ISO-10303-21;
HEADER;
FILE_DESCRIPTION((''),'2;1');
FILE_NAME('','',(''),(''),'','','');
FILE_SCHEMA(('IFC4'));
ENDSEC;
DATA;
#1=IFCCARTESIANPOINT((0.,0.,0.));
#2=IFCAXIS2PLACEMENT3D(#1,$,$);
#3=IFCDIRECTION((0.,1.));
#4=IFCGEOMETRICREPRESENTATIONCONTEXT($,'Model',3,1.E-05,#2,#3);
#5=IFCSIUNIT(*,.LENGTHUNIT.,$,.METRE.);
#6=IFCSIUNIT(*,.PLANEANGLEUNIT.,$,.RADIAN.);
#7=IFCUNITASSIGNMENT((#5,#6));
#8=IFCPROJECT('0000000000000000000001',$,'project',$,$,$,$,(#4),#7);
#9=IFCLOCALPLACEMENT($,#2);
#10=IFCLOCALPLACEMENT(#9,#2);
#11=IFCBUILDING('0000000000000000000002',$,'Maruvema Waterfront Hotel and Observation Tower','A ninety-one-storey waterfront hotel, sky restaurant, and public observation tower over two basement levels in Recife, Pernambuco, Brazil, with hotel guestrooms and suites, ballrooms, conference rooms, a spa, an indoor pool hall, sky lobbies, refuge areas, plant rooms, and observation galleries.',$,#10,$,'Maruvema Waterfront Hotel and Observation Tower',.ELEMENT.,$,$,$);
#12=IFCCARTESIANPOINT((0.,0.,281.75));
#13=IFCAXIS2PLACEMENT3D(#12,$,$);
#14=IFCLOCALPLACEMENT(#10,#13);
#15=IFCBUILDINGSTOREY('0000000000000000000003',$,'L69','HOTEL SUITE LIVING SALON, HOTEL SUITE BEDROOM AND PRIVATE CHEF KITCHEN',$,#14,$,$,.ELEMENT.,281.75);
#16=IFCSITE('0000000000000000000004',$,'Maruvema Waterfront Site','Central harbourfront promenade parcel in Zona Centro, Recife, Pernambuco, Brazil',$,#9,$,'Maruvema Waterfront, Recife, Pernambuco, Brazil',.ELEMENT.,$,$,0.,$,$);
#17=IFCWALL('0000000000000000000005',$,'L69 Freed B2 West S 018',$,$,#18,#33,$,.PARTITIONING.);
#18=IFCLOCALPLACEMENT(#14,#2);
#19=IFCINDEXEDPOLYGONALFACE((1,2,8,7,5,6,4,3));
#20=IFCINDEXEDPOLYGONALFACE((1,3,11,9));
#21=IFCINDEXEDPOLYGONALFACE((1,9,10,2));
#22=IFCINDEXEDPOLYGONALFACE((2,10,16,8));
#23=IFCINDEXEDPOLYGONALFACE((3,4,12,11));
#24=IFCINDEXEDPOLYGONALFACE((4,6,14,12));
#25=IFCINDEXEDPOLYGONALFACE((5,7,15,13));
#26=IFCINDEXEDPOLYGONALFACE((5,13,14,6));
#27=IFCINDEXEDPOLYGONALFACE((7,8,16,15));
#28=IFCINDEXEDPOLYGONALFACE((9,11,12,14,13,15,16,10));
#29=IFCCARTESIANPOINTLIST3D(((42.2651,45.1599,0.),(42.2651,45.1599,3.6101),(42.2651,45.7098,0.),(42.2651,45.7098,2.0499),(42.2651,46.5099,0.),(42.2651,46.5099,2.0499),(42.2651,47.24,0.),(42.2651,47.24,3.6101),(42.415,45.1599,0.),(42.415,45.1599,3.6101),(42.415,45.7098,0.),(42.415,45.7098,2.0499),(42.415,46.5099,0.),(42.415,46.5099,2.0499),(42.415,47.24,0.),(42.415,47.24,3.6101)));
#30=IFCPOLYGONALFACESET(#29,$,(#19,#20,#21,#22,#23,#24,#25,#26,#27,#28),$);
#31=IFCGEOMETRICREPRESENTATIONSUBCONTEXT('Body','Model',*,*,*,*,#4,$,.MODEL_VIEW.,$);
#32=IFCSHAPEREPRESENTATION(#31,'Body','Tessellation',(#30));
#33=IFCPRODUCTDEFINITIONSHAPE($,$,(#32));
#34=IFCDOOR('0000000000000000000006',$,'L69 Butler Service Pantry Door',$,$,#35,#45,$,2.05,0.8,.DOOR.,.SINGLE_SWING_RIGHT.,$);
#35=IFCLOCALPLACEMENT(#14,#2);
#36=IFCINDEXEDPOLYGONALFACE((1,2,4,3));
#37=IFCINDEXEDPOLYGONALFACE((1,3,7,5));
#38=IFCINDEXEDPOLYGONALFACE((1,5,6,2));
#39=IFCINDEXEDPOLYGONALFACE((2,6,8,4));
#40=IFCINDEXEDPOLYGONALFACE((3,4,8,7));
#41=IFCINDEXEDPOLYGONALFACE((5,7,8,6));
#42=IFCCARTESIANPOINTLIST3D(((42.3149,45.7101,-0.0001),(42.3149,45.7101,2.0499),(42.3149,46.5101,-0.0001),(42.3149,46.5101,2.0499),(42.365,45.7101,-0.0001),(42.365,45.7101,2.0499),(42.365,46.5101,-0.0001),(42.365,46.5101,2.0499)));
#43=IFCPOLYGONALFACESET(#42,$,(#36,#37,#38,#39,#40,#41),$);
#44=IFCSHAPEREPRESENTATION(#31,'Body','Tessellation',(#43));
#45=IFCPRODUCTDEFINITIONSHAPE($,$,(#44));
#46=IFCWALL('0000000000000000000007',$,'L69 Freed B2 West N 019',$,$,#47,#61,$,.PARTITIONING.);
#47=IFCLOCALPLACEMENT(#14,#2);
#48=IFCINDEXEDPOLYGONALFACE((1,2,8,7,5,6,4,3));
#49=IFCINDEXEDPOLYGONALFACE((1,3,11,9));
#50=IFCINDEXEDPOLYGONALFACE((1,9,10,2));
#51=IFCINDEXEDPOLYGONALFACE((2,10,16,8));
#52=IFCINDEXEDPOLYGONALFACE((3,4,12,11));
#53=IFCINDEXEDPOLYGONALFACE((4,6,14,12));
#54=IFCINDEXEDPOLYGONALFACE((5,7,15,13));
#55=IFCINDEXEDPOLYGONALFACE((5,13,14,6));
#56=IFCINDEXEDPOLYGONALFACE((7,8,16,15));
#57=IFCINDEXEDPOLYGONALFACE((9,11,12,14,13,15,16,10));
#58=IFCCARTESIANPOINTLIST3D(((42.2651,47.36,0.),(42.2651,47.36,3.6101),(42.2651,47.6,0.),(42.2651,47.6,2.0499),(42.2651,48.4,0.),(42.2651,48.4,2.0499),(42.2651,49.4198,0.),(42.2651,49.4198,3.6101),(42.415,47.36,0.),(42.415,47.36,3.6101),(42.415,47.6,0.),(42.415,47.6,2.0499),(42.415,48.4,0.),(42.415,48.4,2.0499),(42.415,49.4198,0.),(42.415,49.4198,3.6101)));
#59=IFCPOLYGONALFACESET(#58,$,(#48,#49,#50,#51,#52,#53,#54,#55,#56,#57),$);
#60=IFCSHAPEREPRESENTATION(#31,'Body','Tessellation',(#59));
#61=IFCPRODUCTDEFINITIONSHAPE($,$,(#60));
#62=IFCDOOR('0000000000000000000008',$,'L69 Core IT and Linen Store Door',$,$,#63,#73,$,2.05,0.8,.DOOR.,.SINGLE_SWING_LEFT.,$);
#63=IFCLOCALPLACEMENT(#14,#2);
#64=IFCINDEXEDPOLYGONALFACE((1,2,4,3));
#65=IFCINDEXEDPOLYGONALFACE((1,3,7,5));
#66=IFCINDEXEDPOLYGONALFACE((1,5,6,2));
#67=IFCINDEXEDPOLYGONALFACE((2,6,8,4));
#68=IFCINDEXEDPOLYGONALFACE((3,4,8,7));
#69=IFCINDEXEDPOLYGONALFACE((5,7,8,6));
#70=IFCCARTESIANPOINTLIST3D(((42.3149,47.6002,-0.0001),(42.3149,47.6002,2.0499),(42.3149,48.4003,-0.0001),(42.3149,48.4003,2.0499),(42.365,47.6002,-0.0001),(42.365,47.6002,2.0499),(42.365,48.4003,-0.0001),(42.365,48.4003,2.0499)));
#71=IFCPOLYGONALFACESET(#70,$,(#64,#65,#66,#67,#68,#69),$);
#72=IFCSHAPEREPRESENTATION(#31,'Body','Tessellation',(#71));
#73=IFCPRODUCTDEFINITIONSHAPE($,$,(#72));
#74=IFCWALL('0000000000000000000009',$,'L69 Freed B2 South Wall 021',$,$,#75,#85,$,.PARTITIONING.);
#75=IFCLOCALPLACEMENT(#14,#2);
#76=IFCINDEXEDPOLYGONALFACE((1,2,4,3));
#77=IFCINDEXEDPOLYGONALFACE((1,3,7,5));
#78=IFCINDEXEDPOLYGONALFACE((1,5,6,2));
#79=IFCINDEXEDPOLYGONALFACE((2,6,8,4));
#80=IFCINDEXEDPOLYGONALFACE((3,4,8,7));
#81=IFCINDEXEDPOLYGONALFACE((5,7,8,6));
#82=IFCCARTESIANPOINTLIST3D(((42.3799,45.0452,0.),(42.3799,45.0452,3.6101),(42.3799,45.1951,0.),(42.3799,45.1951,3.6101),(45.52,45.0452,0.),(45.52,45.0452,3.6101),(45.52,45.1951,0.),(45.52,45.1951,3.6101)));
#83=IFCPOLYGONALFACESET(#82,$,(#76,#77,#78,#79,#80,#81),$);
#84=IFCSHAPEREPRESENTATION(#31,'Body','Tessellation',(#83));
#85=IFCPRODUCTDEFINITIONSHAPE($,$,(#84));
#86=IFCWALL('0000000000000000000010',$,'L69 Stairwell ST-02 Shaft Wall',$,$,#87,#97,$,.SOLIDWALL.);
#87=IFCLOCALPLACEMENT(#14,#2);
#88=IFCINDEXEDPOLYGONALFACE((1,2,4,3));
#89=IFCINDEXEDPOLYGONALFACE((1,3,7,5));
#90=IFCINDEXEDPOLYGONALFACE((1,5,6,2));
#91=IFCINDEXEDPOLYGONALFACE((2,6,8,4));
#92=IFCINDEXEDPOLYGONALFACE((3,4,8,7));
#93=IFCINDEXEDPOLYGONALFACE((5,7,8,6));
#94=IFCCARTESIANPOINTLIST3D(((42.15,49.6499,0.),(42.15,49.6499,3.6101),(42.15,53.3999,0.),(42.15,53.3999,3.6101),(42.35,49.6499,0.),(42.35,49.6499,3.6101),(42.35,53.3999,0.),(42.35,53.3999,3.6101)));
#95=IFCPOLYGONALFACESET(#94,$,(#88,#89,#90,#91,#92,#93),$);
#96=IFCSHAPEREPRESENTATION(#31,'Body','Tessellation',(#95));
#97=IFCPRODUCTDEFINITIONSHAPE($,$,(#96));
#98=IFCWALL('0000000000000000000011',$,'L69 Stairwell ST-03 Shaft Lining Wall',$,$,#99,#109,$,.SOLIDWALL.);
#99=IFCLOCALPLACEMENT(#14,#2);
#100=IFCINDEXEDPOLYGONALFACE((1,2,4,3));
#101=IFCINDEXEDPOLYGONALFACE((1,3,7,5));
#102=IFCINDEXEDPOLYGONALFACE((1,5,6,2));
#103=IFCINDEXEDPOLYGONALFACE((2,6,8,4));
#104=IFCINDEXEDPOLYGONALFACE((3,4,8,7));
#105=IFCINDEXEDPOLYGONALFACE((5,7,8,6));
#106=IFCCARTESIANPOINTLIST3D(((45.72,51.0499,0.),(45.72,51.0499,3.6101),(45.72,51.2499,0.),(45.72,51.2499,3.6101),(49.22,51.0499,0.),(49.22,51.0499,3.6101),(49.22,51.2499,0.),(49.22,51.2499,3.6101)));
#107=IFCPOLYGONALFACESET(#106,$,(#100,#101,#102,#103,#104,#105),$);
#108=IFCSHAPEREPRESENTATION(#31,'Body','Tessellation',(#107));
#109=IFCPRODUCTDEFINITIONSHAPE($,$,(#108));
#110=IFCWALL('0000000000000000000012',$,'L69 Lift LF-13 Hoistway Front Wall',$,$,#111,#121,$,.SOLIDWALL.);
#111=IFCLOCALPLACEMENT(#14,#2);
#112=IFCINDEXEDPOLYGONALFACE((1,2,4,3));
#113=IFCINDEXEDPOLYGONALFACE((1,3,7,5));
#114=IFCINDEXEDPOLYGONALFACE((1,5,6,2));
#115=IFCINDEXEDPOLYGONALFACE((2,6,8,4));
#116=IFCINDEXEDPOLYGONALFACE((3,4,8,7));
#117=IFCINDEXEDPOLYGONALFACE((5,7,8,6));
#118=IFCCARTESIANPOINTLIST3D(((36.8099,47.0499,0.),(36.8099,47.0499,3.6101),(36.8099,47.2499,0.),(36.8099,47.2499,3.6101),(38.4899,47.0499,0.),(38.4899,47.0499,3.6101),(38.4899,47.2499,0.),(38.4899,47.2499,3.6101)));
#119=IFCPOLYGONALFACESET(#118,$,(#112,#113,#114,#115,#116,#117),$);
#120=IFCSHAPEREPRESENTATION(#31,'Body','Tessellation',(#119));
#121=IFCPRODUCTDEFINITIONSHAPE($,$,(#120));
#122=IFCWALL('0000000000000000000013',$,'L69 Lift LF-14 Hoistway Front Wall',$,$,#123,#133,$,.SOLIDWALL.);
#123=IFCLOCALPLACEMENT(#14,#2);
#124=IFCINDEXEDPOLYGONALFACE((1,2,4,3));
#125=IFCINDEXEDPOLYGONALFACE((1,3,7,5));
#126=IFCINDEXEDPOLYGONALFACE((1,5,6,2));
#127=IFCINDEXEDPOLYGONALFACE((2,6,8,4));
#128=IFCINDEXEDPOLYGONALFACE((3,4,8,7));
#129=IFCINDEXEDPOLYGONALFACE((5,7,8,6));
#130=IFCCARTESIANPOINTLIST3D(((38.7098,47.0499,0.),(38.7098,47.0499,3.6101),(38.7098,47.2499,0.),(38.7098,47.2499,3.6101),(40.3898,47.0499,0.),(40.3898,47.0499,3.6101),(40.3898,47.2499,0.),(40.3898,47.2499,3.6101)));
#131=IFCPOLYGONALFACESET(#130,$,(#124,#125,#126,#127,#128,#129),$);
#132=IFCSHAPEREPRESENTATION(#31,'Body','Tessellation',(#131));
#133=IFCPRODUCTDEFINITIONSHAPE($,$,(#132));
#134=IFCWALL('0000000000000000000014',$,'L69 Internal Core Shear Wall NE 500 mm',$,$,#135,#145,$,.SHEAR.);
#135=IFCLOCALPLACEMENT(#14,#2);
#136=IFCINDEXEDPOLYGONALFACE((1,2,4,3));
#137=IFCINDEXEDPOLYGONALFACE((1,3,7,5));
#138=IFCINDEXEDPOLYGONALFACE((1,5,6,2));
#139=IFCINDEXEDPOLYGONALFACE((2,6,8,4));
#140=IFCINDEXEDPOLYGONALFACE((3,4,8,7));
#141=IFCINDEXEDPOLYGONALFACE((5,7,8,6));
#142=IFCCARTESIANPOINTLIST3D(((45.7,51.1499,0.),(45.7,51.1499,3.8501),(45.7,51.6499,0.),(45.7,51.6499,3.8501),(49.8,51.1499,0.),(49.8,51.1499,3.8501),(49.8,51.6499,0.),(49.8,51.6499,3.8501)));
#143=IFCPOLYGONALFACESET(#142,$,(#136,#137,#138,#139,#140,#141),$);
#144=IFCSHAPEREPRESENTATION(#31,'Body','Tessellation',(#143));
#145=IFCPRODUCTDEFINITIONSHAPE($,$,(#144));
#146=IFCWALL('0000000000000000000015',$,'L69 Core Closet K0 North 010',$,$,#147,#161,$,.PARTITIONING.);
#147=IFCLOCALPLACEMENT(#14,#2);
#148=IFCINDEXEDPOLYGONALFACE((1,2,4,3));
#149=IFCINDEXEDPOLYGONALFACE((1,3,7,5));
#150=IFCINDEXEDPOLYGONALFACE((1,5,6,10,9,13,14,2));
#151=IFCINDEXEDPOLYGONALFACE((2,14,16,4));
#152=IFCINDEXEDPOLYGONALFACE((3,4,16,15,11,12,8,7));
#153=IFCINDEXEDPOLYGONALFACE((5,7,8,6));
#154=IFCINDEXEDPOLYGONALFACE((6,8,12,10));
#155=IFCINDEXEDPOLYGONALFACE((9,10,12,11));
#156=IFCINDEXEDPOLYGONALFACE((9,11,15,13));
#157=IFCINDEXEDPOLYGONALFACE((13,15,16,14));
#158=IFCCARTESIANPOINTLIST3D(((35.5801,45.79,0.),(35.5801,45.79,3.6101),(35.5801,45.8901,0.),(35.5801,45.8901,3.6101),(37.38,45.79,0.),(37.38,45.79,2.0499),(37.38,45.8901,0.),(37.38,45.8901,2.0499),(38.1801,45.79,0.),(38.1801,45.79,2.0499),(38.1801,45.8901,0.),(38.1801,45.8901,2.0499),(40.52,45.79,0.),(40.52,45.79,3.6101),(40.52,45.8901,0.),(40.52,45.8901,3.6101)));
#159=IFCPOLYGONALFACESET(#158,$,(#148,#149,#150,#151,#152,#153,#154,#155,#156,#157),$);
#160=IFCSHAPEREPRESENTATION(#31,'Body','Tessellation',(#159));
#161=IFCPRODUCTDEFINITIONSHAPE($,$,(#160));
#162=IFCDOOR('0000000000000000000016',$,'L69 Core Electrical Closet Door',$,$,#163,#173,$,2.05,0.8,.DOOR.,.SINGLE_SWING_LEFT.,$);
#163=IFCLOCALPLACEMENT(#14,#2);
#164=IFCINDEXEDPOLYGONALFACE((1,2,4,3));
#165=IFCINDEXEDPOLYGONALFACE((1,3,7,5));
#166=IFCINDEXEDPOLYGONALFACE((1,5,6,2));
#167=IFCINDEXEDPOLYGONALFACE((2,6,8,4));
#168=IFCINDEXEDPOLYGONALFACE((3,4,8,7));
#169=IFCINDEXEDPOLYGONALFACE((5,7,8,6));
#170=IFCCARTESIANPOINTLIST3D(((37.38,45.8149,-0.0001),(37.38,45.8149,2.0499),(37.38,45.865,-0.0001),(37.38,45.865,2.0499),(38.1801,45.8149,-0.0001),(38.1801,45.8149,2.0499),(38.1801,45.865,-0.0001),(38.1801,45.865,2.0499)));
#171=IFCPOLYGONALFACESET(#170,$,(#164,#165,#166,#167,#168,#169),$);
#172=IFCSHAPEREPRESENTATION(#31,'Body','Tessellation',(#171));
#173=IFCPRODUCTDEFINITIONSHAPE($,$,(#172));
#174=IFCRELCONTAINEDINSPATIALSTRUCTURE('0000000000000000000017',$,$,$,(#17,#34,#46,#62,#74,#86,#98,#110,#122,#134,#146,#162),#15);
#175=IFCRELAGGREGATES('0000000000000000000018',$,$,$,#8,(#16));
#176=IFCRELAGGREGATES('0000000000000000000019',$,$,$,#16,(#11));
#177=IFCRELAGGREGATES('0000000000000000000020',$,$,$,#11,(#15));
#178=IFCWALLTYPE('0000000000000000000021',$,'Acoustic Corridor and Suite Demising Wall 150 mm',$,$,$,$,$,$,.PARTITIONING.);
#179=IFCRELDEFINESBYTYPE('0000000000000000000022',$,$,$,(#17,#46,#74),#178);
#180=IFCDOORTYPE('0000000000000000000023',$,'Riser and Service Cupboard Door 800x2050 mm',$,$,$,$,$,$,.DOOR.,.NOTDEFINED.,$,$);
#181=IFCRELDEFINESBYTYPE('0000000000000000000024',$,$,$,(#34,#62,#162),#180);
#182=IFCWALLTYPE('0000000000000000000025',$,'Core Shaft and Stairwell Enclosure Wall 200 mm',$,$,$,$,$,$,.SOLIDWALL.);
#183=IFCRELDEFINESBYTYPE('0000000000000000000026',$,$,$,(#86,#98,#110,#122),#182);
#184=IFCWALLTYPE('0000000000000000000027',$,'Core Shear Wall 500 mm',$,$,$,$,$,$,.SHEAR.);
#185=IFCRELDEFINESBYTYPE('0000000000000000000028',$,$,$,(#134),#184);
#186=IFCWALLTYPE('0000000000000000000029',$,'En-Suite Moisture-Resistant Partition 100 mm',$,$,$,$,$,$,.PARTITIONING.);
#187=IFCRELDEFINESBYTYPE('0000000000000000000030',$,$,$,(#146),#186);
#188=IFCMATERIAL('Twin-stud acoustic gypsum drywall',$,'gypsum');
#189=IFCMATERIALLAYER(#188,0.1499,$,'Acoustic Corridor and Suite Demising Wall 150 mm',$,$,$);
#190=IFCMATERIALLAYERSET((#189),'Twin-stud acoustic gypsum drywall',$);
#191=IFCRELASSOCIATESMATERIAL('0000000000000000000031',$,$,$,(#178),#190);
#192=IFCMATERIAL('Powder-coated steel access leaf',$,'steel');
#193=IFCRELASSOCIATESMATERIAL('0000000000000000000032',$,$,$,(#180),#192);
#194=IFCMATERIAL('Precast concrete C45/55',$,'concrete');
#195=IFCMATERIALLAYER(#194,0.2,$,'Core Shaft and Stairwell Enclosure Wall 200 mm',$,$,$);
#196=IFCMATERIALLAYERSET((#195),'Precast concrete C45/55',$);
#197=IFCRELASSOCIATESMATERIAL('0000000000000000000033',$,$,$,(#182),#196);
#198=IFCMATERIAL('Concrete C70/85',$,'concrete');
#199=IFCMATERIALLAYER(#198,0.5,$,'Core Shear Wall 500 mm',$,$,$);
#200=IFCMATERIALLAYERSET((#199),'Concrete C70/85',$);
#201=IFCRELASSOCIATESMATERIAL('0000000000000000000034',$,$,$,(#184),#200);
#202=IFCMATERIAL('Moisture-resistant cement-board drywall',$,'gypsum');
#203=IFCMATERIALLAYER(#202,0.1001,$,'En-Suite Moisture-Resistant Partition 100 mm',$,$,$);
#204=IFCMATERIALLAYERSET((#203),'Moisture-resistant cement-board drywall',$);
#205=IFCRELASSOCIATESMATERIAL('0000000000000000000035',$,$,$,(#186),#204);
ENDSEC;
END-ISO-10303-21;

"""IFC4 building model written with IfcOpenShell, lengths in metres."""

from ifc_helpers import new_model, si_unit, direction, frame, frame_2d, origin, place, context, subcontext, project, spatial, rectangle, extrude, material, layer, layer_set, type_object, element, fill, save


model = new_model("IFC4")

# Units and contexts
model_context = context("Model", 3, precision=1e-05, world=origin(), true_north=direction((0.0, 1.0)))
body_context = subcontext(model_context, "Body", "Model", "MODEL_VIEW")
ifc_project = project(units=[si_unit("LENGTHUNIT", "METRE"), si_unit("PLANEANGLEUNIT", "RADIAN")], contexts=[model_context])

# Site, building, storey
site_placement = place(None, origin())
site = spatial("IfcSite", under=ifc_project, at=site_placement, Name="Maruvema Waterfront Site", Description="Central harbourfront promenade parcel in Zona Centro, Recife, Pernambuco, Brazil", LongName="Maruvema Waterfront, Recife, Pernambuco, Brazil", CompositionType="ELEMENT", RefElevation=0.0)
building_placement = place(site_placement, origin())
building = spatial("IfcBuilding", under=site, at=building_placement, Name="Maruvema Waterfront Hotel and Observation Tower", Description="A ninety-one-storey waterfront hotel, sky restaurant, and public observation tower over two basement levels in Recife, Pernambuco, Brazil, with hotel guestrooms and suites, ballrooms, conference rooms, a spa, an indoor pool hall, sky lobbies, refuge areas, plant rooms, and observation galleries.", LongName="Maruvema Waterfront Hotel and Observation Tower", CompositionType="ELEMENT")
storey_placement = place(building_placement, frame((0.0, 0.0, 281.75)))
storey = spatial("IfcBuildingStorey", under=building, at=storey_placement, Name="L69", Description="HOTEL SUITE LIVING SALON, HOTEL SUITE BEDROOM AND PRIVATE CHEF KITCHEN", CompositionType="ELEMENT", Elevation=281.75)

# Walls, openings, doors
ifc_material_1 = material(Name="Twin-stud acoustic gypsum drywall", Category="gypsum")
ifc_layer_1 = layer(ifc_material_1, 0.1499, Name="Acoustic Corridor and Suite Demising Wall 150 mm")
ifc_layer_set_1 = layer_set([ifc_layer_1], Name="Twin-stud acoustic gypsum drywall")
wall_type_1 = type_object("IfcWallType", Name="Acoustic Corridor and Suite Demising Wall 150 mm", PredefinedType="PARTITIONING", material=ifc_layer_set_1)
wall_1_placement = place(storey_placement, frame((42.3401, 45.1599, 0.0), z_axis=(0.0, 0.0, 1.0), x_axis=(0.0, 1.0, 0.0)))
wall_1 = element("IfcWall", 1, at=wall_1_placement, inside=storey, type_object=wall_type_1, Name="L69 Freed B2 West S 018", PredefinedType="PARTITIONING", context=body_context, shape_type="SweptSolid", body=[
    extrude(rectangle(XDim=2.0801, YDim=0.1499, at=frame_2d((1.04, 0.0))), origin(), (0.0, 0.0, 1.0), 3.6101),
])
opening_1_placement = place(wall_1_placement, frame((0.55, 0.0, 0.0)))
opening_1 = element("IfcOpeningElement", 2, at=opening_1_placement, cuts=wall_1, PredefinedType="OPENING", context=body_context, shape_type="SweptSolid", body=[
    extrude(rectangle(XDim=0.8, YDim=2.05, at=frame_2d((0.3999, 1.0249))), frame((0.0, 0.085, 0.0), z_axis=(0.0, -1.0, 0.0), x_axis=(1.0, 0.0, 0.0)), (0.0, 0.0, 1.0), 0.1699),
])
ifc_material_2 = material(Name="Powder-coated steel access leaf", Category="steel")
door_type = type_object("IfcDoorType", Name="Riser and Service Cupboard Door 800x2050 mm", OperationType="NOTDEFINED", PredefinedType="DOOR", material=ifc_material_2)
door_1_placement = place(opening_1_placement, frame((0.8, 0.0, 0.0), z_axis=(0.0, 0.0, 1.0), x_axis=(-1.0, 0.0, 0.0)))
door_1 = element("IfcDoor", 3, at=door_1_placement, inside=storey, type_object=door_type, Name="L69 Butler Service Pantry Door", OperationType="SINGLE_SWING_RIGHT", OverallHeight=2.05, OverallWidth=0.8, PredefinedType="DOOR", context=body_context, shape_type="SweptSolid", body=[
    extrude(rectangle(XDim=0.8, YDim=2.05, at=frame_2d((0.3999, 1.0249))), frame((0.0, 0.0249, 0.0), z_axis=(0.0, -1.0, 0.0), x_axis=(1.0, 0.0, 0.0)), (0.0, 0.0, 1.0), 0.05),
])
fill(opening_1, door_1)
wall_2_placement = place(storey_placement, frame((42.3401, 47.3601, 0.0), z_axis=(0.0, 0.0, 1.0), x_axis=(0.0, 1.0, 0.0)))
wall_2 = element("IfcWall", 4, at=wall_2_placement, inside=storey, type_object=wall_type_1, Name="L69 Freed B2 West N 019", PredefinedType="PARTITIONING", context=body_context, shape_type="SweptSolid", body=[
    extrude(rectangle(XDim=2.0598, YDim=0.1499, at=frame_2d((1.0298, 0.0))), origin(), (0.0, 0.0, 1.0), 3.6101),
])
opening_2_placement = place(wall_2_placement, frame((0.24, 0.0, 0.0)))
opening_2 = element("IfcOpeningElement", 5, at=opening_2_placement, cuts=wall_2, PredefinedType="OPENING", context=body_context, shape_type="SweptSolid", body=[
    extrude(rectangle(XDim=0.8, YDim=2.05, at=frame_2d((0.3999, 1.0249))), frame((0.0, 0.085, 0.0), z_axis=(0.0, -1.0, 0.0), x_axis=(1.0, 0.0, 0.0)), (0.0, 0.0, 1.0), 0.1699),
])
door_2_placement = place(opening_2_placement, frame((0.8, 0.0, 0.0), z_axis=(0.0, 0.0, 1.0), x_axis=(-1.0, 0.0, 0.0)))
door_2 = element("IfcDoor", 6, at=door_2_placement, inside=storey, type_object=door_type, Name="L69 Core IT and Linen Store Door", OperationType="SINGLE_SWING_LEFT", OverallHeight=2.05, OverallWidth=0.8, PredefinedType="DOOR", context=body_context, shape_type="SweptSolid", body=[
    extrude(rectangle(XDim=0.8, YDim=2.05, at=frame_2d((0.3999, 1.0249))), frame((0.0, 0.0249, 0.0), z_axis=(0.0, -1.0, 0.0), x_axis=(1.0, 0.0, 0.0)), (0.0, 0.0, 1.0), 0.05),
])
fill(opening_2, door_2)

# Walls
wall_3_placement = place(storey_placement, frame((42.3799, 45.1201, 0.0), z_axis=(0.0, 0.0, 1.0), x_axis=(1.0, 0.0, 0.0)))
element("IfcWall", 7, at=wall_3_placement, inside=storey, type_object=wall_type_1, Name="L69 Freed B2 South Wall 021", PredefinedType="PARTITIONING", context=body_context, shape_type="SweptSolid", body=[
    extrude(rectangle(XDim=3.1401, YDim=0.1499, at=frame_2d((1.5701, 0.0))), origin(), (0.0, 0.0, 1.0), 3.6101),
])
ifc_material_3 = material(Name="Precast concrete C45/55", Category="concrete")
ifc_layer_2 = layer(ifc_material_3, 0.2, Name="Core Shaft and Stairwell Enclosure Wall 200 mm")
ifc_layer_set_2 = layer_set([ifc_layer_2], Name="Precast concrete C45/55")
wall_type_2 = type_object("IfcWallType", Name="Core Shaft and Stairwell Enclosure Wall 200 mm", PredefinedType="SOLIDWALL", material=ifc_layer_set_2)
wall_4_placement = place(storey_placement, frame((42.25, 49.6499, 0.0), z_axis=(0.0, 0.0, 1.0), x_axis=(0.0, 1.0, 0.0)))
element("IfcWall", 8, at=wall_4_placement, inside=storey, type_object=wall_type_2, Name="L69 Stairwell ST-02 Shaft Wall", PredefinedType="SOLIDWALL", context=body_context, shape_type="SweptSolid", body=[
    extrude(rectangle(XDim=3.75, YDim=0.2, at=frame_2d((1.875, 0.0))), origin(), (0.0, 0.0, 1.0), 3.6101),
])
wall_5_placement = place(storey_placement, frame((45.72, 51.1499, 0.0), z_axis=(0.0, 0.0, 1.0), x_axis=(1.0, 0.0, 0.0)))
element("IfcWall", 9, at=wall_5_placement, inside=storey, type_object=wall_type_2, Name="L69 Stairwell ST-03 Shaft Lining Wall", PredefinedType="SOLIDWALL", context=body_context, shape_type="SweptSolid", body=[
    extrude(rectangle(XDim=3.5, YDim=0.2, at=frame_2d((1.75, 0.0))), origin(), (0.0, 0.0, 1.0), 3.6101),
])
for number, where, z_axis, x_axis, name in (
    (10, (36.8101, 47.1499, 0.0), (0.0, 0.0, 1.0), (1.0, 0.0, 0.0), "L69 Lift LF-13 Hoistway Front Wall"),
    (11, (38.71, 47.1499, 0.0), (0.0, 0.0, 1.0), (1.0, 0.0, 0.0), "L69 Lift LF-14 Hoistway Front Wall"),
):
    element("IfcWall", number, at=place(storey_placement, frame(where, z_axis=z_axis, x_axis=x_axis)), inside=storey, type_object=wall_type_2, Name=name, PredefinedType="SOLIDWALL", context=body_context, shape_type="SweptSolid", body=[
        extrude(rectangle(XDim=1.6799, YDim=0.2, at=frame_2d((0.8398, 0.0))), origin(), (0.0, 0.0, 1.0), 3.6101),
    ])
ifc_material_4 = material(Name="Concrete C70/85", Category="concrete")
ifc_layer_3 = layer(ifc_material_4, 0.5, Name="Core Shear Wall 500 mm")
ifc_layer_set_3 = layer_set([ifc_layer_3], Name="Concrete C70/85")
wall_type_3 = type_object("IfcWallType", Name="Core Shear Wall 500 mm", PredefinedType="SHEAR", material=ifc_layer_set_3)
wall_6_placement = place(storey_placement, frame((45.7, 51.3999, 0.0), z_axis=(0.0, 0.0, 1.0), x_axis=(1.0, 0.0, 0.0)))
element("IfcWall", 12, at=wall_6_placement, inside=storey, type_object=wall_type_3, Name="L69 Internal Core Shear Wall NE 500 mm", PredefinedType="SHEAR", context=body_context, shape_type="SweptSolid", body=[
    extrude(rectangle(XDim=4.1001, YDim=0.5, at=frame_2d((2.05, 0.0))), origin(), (0.0, 0.0, 1.0), 3.8501),
])

# Wall, opening, door
ifc_material_5 = material(Name="Moisture-resistant cement-board drywall", Category="gypsum")
ifc_layer_4 = layer(ifc_material_5, 0.1001, Name="En-Suite Moisture-Resistant Partition 100 mm")
ifc_layer_set_4 = layer_set([ifc_layer_4], Name="Moisture-resistant cement-board drywall")
wall_type_4 = type_object("IfcWallType", Name="En-Suite Moisture-Resistant Partition 100 mm", PredefinedType="PARTITIONING", material=ifc_layer_set_4)
wall_7_placement = place(storey_placement, frame((35.5801, 45.8401, 0.0), z_axis=(0.0, 0.0, 1.0), x_axis=(1.0, 0.0, 0.0)))
wall_7 = element("IfcWall", 13, at=wall_7_placement, inside=storey, type_object=wall_type_4, Name="L69 Core Closet K0 North 010", PredefinedType="PARTITIONING", context=body_context, shape_type="SweptSolid", body=[
    extrude(rectangle(XDim=4.9399, YDim=0.1001, at=frame_2d((2.47, 0.0))), origin(), (0.0, 0.0, 1.0), 3.6101),
])
opening_3_placement = place(wall_7_placement, frame((1.8, 0.0, 0.0)))
opening_3 = element("IfcOpeningElement", 14, at=opening_3_placement, cuts=wall_7, PredefinedType="OPENING", context=body_context, shape_type="SweptSolid", body=[
    extrude(rectangle(XDim=0.8, YDim=2.05, at=frame_2d((0.3999, 1.0249))), frame((0.0, 0.0601, 0.0), z_axis=(0.0, -1.0, 0.0), x_axis=(1.0, 0.0, 0.0)), (0.0, 0.0, 1.0), 0.1201),
])
door_3_placement = place(opening_3_placement, origin())
door_3 = element("IfcDoor", 15, at=door_3_placement, inside=storey, type_object=door_type, Name="L69 Core Electrical Closet Door", OperationType="SINGLE_SWING_LEFT", OverallHeight=2.05, OverallWidth=0.8, PredefinedType="DOOR", context=body_context, shape_type="SweptSolid", body=[
    extrude(rectangle(XDim=0.8, YDim=2.05, at=frame_2d((0.3999, 1.0249))), frame((0.0, 0.0249, 0.0), z_axis=(0.0, -1.0, 0.0), x_axis=(1.0, 0.0, 0.0)), (0.0, 0.0, 1.0), 0.05),
])
fill(opening_3, door_3)

save(model, "model.ifc")
